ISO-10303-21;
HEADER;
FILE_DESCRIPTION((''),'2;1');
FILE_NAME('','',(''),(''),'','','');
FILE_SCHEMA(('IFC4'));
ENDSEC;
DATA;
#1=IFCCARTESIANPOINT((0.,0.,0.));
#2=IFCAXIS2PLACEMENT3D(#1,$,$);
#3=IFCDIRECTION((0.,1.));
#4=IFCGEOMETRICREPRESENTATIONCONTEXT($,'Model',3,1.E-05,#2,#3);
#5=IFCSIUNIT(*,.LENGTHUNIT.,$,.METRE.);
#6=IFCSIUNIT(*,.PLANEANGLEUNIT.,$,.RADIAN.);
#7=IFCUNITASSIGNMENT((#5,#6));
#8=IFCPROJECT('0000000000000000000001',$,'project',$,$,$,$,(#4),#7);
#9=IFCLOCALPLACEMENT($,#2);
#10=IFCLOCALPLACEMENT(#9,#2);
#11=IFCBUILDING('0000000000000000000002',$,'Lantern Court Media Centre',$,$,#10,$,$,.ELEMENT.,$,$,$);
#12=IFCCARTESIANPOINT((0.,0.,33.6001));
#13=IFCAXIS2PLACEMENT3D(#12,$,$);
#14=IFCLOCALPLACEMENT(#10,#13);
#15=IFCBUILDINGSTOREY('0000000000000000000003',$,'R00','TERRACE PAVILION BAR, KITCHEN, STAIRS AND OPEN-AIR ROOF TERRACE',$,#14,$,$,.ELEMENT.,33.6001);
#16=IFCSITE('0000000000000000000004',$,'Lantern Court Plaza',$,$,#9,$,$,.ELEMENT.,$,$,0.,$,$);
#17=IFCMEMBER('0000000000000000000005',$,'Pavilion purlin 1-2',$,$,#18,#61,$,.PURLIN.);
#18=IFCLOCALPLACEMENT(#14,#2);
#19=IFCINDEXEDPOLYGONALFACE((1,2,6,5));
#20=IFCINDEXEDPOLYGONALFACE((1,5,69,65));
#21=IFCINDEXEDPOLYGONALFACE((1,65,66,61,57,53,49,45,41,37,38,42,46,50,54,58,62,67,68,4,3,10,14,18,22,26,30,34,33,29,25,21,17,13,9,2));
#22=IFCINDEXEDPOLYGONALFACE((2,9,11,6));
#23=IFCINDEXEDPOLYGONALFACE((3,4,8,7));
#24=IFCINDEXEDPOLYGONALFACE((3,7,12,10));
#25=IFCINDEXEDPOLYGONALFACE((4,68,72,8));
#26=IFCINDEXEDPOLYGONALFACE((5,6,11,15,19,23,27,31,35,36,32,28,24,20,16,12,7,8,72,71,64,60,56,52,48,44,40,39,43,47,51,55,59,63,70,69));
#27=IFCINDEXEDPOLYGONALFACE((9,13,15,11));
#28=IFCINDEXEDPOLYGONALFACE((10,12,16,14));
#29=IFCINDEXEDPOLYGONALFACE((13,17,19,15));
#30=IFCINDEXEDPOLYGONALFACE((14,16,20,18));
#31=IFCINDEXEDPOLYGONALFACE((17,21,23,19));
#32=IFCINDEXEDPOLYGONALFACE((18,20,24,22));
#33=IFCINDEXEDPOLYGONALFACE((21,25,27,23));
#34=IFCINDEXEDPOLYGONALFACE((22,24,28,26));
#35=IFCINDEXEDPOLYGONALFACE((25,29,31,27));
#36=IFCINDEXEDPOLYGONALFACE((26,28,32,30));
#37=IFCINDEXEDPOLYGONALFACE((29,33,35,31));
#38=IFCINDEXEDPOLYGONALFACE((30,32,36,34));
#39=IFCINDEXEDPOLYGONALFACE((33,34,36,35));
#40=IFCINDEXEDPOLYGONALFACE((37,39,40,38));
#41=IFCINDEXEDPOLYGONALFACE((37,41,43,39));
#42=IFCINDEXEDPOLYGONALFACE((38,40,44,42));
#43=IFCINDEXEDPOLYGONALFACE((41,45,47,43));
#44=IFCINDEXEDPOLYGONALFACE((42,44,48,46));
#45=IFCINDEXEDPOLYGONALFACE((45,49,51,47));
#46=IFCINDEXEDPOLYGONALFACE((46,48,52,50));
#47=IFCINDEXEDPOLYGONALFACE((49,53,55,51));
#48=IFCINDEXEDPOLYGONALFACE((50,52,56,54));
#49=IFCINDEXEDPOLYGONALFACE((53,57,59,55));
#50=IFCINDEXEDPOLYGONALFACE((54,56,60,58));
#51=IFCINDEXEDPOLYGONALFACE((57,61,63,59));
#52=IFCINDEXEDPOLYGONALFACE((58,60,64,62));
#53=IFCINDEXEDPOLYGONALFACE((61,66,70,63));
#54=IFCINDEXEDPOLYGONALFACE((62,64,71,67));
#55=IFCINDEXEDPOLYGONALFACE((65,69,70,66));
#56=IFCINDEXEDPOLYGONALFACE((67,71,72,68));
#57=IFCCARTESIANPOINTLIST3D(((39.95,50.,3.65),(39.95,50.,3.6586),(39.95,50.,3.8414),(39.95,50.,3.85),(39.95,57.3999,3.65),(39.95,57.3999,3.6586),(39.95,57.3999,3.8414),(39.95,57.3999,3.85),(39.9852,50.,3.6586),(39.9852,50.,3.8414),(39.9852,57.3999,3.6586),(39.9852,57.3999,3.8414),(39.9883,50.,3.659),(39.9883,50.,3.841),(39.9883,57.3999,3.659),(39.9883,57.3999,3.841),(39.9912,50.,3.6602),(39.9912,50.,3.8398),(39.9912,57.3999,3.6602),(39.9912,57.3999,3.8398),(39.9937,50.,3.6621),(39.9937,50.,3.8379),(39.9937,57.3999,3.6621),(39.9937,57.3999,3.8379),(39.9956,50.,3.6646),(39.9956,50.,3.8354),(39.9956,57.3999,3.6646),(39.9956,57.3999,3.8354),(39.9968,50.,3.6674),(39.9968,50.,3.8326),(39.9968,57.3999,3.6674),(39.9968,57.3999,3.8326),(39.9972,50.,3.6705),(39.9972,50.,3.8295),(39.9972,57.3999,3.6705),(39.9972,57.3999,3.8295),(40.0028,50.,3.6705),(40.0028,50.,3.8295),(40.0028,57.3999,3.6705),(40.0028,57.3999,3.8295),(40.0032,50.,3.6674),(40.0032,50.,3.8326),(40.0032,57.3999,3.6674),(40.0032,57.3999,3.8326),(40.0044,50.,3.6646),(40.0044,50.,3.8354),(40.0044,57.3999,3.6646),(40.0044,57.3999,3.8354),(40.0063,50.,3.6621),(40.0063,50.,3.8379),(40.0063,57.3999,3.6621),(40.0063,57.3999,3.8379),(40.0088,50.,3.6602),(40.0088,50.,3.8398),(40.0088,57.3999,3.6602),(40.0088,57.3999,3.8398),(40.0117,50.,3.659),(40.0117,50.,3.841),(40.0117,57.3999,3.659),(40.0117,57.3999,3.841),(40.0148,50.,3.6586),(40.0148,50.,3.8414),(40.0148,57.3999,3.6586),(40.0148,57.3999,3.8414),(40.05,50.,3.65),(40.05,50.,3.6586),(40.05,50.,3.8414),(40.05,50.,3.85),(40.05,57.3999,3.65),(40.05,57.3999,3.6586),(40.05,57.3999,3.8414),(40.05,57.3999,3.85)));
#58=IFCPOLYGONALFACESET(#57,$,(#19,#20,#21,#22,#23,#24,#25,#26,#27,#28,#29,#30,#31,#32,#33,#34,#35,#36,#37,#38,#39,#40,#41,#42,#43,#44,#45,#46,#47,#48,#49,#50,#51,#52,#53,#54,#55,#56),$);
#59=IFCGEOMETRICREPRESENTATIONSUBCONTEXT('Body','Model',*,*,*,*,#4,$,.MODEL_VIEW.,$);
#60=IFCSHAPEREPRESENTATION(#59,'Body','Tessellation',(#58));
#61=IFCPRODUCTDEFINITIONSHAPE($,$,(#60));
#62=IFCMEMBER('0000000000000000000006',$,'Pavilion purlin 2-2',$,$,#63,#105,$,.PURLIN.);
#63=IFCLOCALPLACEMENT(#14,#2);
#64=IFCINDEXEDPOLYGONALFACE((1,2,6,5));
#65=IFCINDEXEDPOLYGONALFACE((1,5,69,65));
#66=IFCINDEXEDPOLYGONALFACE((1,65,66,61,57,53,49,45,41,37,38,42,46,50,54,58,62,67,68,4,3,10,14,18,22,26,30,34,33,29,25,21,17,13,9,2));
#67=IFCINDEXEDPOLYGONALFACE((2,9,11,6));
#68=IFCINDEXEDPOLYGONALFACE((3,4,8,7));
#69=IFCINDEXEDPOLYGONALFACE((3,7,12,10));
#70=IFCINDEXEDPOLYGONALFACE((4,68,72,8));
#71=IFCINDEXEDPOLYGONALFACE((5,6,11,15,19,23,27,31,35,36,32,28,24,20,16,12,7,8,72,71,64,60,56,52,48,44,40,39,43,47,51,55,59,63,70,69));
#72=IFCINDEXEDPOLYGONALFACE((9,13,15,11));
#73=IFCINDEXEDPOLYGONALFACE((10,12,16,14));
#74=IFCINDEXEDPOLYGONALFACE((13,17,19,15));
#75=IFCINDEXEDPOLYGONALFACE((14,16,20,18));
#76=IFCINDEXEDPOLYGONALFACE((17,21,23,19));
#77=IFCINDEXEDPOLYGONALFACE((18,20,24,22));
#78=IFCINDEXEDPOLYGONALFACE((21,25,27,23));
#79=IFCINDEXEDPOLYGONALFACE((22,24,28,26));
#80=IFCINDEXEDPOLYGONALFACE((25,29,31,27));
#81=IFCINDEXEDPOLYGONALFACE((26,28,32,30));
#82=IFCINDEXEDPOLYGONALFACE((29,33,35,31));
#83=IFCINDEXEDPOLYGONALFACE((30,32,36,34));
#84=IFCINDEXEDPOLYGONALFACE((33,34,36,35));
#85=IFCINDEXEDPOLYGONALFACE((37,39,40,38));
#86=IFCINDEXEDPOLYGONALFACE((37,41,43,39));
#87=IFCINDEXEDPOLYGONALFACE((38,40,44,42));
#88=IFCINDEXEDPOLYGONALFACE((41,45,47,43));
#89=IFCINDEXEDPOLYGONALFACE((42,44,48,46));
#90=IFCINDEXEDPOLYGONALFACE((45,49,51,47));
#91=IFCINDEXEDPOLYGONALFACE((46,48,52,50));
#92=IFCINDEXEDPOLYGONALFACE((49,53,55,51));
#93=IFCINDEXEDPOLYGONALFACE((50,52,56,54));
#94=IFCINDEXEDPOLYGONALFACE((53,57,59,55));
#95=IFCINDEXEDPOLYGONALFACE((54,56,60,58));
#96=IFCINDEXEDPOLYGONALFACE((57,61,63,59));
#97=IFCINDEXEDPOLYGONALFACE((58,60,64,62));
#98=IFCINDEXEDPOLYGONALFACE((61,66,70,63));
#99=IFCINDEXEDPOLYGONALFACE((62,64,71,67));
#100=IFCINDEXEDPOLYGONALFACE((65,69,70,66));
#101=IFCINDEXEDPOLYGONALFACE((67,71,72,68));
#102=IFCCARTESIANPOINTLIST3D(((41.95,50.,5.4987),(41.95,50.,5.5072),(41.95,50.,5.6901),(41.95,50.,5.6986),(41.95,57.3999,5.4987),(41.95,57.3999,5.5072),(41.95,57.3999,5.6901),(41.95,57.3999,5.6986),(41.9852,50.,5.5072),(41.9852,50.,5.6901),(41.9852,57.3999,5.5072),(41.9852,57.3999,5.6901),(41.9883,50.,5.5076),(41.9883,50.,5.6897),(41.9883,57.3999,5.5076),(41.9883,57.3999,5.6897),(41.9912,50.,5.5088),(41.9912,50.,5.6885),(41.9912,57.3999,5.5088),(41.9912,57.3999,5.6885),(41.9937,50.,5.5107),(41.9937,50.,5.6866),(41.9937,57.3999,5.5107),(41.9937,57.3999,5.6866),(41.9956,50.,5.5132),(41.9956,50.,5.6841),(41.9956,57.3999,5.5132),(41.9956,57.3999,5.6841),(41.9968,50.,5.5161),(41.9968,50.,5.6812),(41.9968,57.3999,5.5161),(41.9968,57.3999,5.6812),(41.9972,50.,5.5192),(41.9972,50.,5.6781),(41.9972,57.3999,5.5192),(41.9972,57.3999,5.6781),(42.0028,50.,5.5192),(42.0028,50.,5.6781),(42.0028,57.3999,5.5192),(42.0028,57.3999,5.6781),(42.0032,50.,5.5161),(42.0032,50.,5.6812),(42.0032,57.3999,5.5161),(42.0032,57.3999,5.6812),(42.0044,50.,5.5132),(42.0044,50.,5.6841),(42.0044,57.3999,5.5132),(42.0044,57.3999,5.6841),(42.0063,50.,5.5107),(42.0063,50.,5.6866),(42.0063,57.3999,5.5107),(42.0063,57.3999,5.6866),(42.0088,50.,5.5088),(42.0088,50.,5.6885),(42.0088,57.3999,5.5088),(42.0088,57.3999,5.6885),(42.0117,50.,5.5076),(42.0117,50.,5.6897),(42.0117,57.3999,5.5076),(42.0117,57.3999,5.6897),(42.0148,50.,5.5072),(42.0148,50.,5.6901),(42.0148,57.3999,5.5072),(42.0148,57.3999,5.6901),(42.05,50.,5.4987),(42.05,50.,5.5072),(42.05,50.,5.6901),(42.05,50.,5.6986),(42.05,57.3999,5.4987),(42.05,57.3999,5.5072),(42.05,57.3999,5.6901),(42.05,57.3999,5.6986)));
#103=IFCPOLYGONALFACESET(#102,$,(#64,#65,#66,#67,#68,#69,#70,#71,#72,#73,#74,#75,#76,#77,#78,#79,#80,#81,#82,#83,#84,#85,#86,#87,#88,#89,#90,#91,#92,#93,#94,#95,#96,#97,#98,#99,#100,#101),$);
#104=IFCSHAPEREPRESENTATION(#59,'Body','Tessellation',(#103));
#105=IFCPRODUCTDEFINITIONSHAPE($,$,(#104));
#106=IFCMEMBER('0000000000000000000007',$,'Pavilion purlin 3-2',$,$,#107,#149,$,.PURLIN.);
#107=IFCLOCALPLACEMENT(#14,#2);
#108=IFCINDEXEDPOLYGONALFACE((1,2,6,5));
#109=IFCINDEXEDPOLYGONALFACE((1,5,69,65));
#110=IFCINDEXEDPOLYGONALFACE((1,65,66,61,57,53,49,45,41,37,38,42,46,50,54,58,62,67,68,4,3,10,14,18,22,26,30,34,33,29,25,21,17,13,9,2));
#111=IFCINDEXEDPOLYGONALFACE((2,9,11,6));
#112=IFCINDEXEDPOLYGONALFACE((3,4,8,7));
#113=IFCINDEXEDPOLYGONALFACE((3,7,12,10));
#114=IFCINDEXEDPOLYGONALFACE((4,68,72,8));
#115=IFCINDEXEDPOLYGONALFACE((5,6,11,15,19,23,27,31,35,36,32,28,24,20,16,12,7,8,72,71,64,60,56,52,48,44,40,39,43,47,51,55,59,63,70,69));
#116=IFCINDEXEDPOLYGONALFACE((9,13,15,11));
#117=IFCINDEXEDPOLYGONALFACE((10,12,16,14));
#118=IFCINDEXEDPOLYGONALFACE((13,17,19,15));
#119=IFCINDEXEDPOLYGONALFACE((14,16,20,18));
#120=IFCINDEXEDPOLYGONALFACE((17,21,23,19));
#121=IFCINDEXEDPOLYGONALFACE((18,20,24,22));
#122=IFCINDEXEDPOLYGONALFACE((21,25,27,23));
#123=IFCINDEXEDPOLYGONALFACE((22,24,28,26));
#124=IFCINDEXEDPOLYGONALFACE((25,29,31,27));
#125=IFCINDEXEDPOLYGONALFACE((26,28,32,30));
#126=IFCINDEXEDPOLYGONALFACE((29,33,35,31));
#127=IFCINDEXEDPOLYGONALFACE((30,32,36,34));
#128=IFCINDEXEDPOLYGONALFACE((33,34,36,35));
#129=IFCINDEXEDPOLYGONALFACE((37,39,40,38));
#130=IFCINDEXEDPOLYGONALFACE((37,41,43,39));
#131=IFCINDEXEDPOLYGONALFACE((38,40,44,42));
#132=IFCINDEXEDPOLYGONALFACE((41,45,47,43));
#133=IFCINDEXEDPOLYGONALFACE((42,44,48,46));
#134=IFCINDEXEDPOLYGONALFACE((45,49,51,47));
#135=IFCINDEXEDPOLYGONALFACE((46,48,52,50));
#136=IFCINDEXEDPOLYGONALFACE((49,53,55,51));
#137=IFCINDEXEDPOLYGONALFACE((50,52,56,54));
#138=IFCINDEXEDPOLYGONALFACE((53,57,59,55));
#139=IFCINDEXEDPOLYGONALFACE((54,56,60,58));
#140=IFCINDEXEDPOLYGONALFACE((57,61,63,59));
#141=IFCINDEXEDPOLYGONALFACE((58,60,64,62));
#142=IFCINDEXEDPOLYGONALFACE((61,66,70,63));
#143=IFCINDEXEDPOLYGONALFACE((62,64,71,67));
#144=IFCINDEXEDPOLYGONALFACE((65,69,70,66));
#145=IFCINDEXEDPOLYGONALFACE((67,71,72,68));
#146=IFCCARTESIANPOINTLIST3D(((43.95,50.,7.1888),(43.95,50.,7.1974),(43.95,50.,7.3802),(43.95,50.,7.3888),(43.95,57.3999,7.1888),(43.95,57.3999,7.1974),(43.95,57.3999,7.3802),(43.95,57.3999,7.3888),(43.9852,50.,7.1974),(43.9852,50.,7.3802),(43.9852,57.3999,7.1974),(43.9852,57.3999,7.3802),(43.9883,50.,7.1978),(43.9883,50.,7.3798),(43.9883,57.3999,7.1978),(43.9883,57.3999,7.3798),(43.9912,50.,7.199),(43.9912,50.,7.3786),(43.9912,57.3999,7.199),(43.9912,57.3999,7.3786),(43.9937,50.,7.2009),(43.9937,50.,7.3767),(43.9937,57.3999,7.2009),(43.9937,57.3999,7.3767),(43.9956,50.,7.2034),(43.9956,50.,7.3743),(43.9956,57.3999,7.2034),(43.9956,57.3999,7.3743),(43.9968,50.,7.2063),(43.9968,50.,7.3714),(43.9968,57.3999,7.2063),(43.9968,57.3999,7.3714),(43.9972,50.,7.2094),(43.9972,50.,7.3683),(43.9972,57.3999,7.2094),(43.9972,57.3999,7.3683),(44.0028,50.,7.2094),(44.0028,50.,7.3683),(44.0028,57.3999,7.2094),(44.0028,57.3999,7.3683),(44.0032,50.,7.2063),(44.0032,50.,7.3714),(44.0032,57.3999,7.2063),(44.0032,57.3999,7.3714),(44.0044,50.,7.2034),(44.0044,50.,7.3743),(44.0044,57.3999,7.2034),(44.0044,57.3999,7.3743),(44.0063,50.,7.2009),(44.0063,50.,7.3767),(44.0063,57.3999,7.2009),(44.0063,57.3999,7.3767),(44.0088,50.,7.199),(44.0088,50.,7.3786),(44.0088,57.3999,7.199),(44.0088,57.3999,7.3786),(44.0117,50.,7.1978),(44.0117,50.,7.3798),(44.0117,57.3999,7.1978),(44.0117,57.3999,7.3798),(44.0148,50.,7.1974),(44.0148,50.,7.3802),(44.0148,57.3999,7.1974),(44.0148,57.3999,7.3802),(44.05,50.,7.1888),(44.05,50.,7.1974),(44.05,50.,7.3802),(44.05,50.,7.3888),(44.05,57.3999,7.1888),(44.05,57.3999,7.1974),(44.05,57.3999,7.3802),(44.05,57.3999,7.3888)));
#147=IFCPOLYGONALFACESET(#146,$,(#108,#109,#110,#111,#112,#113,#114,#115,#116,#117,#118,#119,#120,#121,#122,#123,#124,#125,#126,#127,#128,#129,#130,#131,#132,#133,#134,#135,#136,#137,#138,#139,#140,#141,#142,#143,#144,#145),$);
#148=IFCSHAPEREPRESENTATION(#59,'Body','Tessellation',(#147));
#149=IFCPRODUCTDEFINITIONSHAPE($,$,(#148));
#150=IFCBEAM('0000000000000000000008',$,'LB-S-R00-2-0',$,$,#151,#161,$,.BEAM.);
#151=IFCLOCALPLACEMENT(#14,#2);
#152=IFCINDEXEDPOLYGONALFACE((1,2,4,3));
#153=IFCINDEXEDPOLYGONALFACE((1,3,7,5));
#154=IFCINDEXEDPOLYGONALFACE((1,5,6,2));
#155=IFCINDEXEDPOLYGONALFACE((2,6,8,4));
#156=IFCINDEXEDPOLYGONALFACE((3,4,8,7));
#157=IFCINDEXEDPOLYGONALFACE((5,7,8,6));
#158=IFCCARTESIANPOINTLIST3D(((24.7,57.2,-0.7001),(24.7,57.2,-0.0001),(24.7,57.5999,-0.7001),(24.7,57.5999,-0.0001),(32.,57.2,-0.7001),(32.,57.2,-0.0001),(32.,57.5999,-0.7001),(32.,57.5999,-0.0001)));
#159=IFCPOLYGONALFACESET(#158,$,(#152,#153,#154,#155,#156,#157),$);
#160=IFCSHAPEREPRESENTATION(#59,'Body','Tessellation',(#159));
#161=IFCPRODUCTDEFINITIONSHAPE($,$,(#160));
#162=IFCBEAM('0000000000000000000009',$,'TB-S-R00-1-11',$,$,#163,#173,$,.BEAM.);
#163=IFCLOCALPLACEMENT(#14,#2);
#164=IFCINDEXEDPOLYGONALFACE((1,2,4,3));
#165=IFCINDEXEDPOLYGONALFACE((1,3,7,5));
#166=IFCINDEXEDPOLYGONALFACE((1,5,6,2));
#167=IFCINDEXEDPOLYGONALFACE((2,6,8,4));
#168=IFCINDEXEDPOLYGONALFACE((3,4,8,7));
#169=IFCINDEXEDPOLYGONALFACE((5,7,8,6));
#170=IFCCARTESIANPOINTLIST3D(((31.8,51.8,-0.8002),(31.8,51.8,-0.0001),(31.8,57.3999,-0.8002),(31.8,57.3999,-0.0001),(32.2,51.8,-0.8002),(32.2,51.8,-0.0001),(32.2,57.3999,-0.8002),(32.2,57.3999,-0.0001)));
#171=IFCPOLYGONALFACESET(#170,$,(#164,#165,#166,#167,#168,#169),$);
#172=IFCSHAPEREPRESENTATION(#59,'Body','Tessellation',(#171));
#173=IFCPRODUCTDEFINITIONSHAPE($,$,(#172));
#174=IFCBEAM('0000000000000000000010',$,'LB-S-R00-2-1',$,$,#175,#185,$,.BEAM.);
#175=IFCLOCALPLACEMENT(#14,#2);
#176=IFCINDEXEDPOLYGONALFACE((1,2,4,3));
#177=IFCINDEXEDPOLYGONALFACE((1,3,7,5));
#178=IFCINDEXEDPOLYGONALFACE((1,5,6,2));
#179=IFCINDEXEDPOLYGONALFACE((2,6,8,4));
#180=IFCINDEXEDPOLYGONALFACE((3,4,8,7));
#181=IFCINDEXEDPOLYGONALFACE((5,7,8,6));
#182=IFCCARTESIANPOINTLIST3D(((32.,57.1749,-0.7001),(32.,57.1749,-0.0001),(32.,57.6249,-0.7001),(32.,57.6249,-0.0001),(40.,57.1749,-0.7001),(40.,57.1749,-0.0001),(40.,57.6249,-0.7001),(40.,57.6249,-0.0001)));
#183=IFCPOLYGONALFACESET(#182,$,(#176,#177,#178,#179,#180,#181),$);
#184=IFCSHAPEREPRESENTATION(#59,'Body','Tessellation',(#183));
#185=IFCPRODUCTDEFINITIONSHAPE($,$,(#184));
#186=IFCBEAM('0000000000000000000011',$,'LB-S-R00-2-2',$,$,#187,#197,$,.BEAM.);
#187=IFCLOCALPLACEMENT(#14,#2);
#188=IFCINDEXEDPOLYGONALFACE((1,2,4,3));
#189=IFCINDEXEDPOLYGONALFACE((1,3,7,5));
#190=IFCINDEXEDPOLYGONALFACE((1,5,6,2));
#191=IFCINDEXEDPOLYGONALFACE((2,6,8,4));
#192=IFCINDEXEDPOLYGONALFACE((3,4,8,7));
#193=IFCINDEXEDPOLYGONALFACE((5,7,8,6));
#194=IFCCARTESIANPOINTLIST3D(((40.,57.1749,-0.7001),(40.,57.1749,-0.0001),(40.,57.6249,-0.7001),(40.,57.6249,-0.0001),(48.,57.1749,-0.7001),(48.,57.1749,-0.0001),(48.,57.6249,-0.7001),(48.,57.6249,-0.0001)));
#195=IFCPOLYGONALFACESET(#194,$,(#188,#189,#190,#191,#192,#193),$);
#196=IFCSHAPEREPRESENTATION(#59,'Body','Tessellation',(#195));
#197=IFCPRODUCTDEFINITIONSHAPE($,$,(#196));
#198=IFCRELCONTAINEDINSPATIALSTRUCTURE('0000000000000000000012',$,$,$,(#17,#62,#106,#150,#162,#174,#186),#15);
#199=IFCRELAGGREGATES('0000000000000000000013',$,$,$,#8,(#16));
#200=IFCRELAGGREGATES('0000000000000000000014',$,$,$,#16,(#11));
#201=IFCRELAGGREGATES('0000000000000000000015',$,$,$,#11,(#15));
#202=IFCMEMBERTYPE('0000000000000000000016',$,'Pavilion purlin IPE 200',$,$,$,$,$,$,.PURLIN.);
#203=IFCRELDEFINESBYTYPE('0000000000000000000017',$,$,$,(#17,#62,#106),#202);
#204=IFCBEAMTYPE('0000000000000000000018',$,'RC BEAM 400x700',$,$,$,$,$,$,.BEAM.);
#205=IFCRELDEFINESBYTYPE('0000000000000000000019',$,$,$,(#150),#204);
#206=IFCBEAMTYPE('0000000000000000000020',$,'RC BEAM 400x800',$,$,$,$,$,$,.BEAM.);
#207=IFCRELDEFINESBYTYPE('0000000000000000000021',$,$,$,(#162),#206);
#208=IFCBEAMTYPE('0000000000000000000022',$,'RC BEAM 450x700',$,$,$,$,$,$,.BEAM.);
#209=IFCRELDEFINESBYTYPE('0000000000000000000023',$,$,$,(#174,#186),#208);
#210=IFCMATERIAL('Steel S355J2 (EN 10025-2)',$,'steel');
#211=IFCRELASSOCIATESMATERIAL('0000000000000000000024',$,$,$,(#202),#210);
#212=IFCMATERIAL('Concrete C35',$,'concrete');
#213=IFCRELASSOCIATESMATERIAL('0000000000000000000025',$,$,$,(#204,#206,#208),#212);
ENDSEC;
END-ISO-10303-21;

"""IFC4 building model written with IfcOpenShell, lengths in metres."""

from ifc_helpers import new_model, si_unit, direction, frame, origin, origin_2d, place, context, subcontext, project, spatial, rectangle, i_section, extrude, material, material_profile, profile_set, type_object, element, save


model = new_model("IFC4")

# Units and contexts
model_context = context("Model", 3, precision=1e-05, world=origin(), true_north=direction((0.0, 1.0)))
body_context = subcontext(model_context, "Body", "Model", "MODEL_VIEW")
ifc_project = project(units=[si_unit("LENGTHUNIT", "METRE"), si_unit("PLANEANGLEUNIT", "RADIAN")], contexts=[model_context])

# Site, building, storey
site_placement = place(None, origin())
site = spatial("IfcSite", under=ifc_project, at=site_placement, Name="Lantern Court Plaza", CompositionType="ELEMENT", RefElevation=0.0)
building_placement = place(site_placement, origin())
building = spatial("IfcBuilding", under=site, at=building_placement, Name="Lantern Court Media Centre", CompositionType="ELEMENT")
storey_placement = place(building_placement, frame((0.0, 0.0, 33.6001)))
storey = spatial("IfcBuildingStorey", under=building, at=storey_placement, Name="R00", Description="TERRACE PAVILION BAR, KITCHEN, STAIRS AND OPEN-AIR ROOF TERRACE", CompositionType="ELEMENT", Elevation=33.6001)

# Shared definitions
ifc_material_1 = material(Name="Steel S355J2 (EN 10025-2)", Category="steel")

# Members
ifc_material_profile_1 = material_profile(ifc_material_1, i_section(OverallWidth=0.1001, OverallDepth=0.2, WebThickness=0.0056, FlangeThickness=0.0085, FilletRadius=0.012, at=origin_2d()), Name="IPE 200")
ifc_profile_set_1 = profile_set([ifc_material_profile_1], Name="Steel S355J2 (EN 10025-2)")
member_type_1 = type_object("IfcMemberType", Name="Pavilion purlin IPE 200", PredefinedType="PURLIN", material=ifc_profile_set_1)
for number, where, z_axis, x_axis, name in (
    (1, (40.0, 50.0, 3.75), (0.0, 1.0, 0.0), (-1.0, 0.0, 0.0), "Pavilion purlin 1-2"),
    (2, (42.0, 50.0, 5.5986), (0.0, 1.0, 0.0), (-1.0, 0.0, 0.0), "Pavilion purlin 2-2"),
    (3, (44.0, 50.0, 7.2888), (0.0, 1.0, 0.0), (-1.0, 0.0, 0.0), "Pavilion purlin 3-2"),
):
    element("IfcMember", number, at=place(storey_placement, frame(where, z_axis=z_axis, x_axis=x_axis)), inside=storey, type_object=member_type_1, Name=name, PredefinedType="PURLIN", context=body_context, shape_type="SweptSolid", body=[
        extrude(i_section(OverallWidth=0.1001, OverallDepth=0.2, WebThickness=0.0056, FlangeThickness=0.0085, FilletRadius=0.012, at=origin_2d()), origin(), (0.0, 0.0, 1.0), 7.3999),
    ])

# Beams
ifc_material_2 = material(Name="Concrete C35", Category="concrete")
ifc_material_profile_2 = material_profile(ifc_material_2, rectangle(XDim=0.3999, YDim=0.7, at=origin_2d()), Name="RC 400x700")
ifc_profile_set_2 = profile_set([ifc_material_profile_2], Name="Concrete C35")
beam_type_1 = type_object("IfcBeamType", Name="RC BEAM 400x700", PredefinedType="BEAM", material=ifc_profile_set_2)
beam_1_placement = place(storey_placement, frame((24.7, 57.3999, -0.3501), z_axis=(1.0, 0.0, 0.0), x_axis=(0.0, 1.0, 0.0)))
element("IfcBeam", 4, at=beam_1_placement, inside=storey, type_object=beam_type_1, Name="LB-S-R00-2-0", PredefinedType="BEAM", context=body_context, shape_type="SweptSolid", body=[
    extrude(rectangle(XDim=0.3999, YDim=0.7, at=origin_2d()), origin(), (0.0, 0.0, 1.0), 7.3),
])
ifc_material_profile_3 = material_profile(ifc_material_2, rectangle(XDim=0.3999, YDim=0.8, at=origin_2d()), Name="RC 400x800")
ifc_profile_set_3 = profile_set([ifc_material_profile_3], Name="Concrete C35")
beam_type_2 = type_object("IfcBeamType", Name="RC BEAM 400x800", PredefinedType="BEAM", material=ifc_profile_set_3)
beam_2_placement = place(storey_placement, frame((32.0, 51.8, -0.4001), z_axis=(0.0, 1.0, 0.0), x_axis=(-1.0, 0.0, 0.0)))
element("IfcBeam", 5, at=beam_2_placement, inside=storey, type_object=beam_type_2, Name="TB-S-R00-1-11", PredefinedType="BEAM", context=body_context, shape_type="SweptSolid", body=[
    extrude(rectangle(XDim=0.3999, YDim=0.8, at=origin_2d()), origin(), (0.0, 0.0, 1.0), 5.5999),
])
ifc_material_profile_4 = material_profile(ifc_material_2, rectangle(XDim=0.45, YDim=0.7, at=origin_2d()), Name="RC 450x700")
ifc_profile_set_4 = profile_set([ifc_material_profile_4], Name="Concrete C35")
beam_type_3 = type_object("IfcBeamType", Name="RC BEAM 450x700", PredefinedType="BEAM", material=ifc_profile_set_4)
for number, where, z_axis, x_axis, name in (
    (6, (32.0, 57.3999, -0.3501), (1.0, 0.0, 0.0), (0.0, 1.0, 0.0), "LB-S-R00-2-1"),
    (7, (40.0, 57.3999, -0.3501), (1.0, 0.0, 0.0), (0.0, 1.0, 0.0), "LB-S-R00-2-2"),
):
    element("IfcBeam", number, at=place(storey_placement, frame(where, z_axis=z_axis, x_axis=x_axis)), inside=storey, type_object=beam_type_3, Name=name, PredefinedType="BEAM", context=body_context, shape_type="SweptSolid", body=[
        extrude(rectangle(XDim=0.45, YDim=0.7, at=origin_2d()), origin(), (0.0, 0.0, 1.0), 8.0),
    ])

save(model, "model.ifc")
